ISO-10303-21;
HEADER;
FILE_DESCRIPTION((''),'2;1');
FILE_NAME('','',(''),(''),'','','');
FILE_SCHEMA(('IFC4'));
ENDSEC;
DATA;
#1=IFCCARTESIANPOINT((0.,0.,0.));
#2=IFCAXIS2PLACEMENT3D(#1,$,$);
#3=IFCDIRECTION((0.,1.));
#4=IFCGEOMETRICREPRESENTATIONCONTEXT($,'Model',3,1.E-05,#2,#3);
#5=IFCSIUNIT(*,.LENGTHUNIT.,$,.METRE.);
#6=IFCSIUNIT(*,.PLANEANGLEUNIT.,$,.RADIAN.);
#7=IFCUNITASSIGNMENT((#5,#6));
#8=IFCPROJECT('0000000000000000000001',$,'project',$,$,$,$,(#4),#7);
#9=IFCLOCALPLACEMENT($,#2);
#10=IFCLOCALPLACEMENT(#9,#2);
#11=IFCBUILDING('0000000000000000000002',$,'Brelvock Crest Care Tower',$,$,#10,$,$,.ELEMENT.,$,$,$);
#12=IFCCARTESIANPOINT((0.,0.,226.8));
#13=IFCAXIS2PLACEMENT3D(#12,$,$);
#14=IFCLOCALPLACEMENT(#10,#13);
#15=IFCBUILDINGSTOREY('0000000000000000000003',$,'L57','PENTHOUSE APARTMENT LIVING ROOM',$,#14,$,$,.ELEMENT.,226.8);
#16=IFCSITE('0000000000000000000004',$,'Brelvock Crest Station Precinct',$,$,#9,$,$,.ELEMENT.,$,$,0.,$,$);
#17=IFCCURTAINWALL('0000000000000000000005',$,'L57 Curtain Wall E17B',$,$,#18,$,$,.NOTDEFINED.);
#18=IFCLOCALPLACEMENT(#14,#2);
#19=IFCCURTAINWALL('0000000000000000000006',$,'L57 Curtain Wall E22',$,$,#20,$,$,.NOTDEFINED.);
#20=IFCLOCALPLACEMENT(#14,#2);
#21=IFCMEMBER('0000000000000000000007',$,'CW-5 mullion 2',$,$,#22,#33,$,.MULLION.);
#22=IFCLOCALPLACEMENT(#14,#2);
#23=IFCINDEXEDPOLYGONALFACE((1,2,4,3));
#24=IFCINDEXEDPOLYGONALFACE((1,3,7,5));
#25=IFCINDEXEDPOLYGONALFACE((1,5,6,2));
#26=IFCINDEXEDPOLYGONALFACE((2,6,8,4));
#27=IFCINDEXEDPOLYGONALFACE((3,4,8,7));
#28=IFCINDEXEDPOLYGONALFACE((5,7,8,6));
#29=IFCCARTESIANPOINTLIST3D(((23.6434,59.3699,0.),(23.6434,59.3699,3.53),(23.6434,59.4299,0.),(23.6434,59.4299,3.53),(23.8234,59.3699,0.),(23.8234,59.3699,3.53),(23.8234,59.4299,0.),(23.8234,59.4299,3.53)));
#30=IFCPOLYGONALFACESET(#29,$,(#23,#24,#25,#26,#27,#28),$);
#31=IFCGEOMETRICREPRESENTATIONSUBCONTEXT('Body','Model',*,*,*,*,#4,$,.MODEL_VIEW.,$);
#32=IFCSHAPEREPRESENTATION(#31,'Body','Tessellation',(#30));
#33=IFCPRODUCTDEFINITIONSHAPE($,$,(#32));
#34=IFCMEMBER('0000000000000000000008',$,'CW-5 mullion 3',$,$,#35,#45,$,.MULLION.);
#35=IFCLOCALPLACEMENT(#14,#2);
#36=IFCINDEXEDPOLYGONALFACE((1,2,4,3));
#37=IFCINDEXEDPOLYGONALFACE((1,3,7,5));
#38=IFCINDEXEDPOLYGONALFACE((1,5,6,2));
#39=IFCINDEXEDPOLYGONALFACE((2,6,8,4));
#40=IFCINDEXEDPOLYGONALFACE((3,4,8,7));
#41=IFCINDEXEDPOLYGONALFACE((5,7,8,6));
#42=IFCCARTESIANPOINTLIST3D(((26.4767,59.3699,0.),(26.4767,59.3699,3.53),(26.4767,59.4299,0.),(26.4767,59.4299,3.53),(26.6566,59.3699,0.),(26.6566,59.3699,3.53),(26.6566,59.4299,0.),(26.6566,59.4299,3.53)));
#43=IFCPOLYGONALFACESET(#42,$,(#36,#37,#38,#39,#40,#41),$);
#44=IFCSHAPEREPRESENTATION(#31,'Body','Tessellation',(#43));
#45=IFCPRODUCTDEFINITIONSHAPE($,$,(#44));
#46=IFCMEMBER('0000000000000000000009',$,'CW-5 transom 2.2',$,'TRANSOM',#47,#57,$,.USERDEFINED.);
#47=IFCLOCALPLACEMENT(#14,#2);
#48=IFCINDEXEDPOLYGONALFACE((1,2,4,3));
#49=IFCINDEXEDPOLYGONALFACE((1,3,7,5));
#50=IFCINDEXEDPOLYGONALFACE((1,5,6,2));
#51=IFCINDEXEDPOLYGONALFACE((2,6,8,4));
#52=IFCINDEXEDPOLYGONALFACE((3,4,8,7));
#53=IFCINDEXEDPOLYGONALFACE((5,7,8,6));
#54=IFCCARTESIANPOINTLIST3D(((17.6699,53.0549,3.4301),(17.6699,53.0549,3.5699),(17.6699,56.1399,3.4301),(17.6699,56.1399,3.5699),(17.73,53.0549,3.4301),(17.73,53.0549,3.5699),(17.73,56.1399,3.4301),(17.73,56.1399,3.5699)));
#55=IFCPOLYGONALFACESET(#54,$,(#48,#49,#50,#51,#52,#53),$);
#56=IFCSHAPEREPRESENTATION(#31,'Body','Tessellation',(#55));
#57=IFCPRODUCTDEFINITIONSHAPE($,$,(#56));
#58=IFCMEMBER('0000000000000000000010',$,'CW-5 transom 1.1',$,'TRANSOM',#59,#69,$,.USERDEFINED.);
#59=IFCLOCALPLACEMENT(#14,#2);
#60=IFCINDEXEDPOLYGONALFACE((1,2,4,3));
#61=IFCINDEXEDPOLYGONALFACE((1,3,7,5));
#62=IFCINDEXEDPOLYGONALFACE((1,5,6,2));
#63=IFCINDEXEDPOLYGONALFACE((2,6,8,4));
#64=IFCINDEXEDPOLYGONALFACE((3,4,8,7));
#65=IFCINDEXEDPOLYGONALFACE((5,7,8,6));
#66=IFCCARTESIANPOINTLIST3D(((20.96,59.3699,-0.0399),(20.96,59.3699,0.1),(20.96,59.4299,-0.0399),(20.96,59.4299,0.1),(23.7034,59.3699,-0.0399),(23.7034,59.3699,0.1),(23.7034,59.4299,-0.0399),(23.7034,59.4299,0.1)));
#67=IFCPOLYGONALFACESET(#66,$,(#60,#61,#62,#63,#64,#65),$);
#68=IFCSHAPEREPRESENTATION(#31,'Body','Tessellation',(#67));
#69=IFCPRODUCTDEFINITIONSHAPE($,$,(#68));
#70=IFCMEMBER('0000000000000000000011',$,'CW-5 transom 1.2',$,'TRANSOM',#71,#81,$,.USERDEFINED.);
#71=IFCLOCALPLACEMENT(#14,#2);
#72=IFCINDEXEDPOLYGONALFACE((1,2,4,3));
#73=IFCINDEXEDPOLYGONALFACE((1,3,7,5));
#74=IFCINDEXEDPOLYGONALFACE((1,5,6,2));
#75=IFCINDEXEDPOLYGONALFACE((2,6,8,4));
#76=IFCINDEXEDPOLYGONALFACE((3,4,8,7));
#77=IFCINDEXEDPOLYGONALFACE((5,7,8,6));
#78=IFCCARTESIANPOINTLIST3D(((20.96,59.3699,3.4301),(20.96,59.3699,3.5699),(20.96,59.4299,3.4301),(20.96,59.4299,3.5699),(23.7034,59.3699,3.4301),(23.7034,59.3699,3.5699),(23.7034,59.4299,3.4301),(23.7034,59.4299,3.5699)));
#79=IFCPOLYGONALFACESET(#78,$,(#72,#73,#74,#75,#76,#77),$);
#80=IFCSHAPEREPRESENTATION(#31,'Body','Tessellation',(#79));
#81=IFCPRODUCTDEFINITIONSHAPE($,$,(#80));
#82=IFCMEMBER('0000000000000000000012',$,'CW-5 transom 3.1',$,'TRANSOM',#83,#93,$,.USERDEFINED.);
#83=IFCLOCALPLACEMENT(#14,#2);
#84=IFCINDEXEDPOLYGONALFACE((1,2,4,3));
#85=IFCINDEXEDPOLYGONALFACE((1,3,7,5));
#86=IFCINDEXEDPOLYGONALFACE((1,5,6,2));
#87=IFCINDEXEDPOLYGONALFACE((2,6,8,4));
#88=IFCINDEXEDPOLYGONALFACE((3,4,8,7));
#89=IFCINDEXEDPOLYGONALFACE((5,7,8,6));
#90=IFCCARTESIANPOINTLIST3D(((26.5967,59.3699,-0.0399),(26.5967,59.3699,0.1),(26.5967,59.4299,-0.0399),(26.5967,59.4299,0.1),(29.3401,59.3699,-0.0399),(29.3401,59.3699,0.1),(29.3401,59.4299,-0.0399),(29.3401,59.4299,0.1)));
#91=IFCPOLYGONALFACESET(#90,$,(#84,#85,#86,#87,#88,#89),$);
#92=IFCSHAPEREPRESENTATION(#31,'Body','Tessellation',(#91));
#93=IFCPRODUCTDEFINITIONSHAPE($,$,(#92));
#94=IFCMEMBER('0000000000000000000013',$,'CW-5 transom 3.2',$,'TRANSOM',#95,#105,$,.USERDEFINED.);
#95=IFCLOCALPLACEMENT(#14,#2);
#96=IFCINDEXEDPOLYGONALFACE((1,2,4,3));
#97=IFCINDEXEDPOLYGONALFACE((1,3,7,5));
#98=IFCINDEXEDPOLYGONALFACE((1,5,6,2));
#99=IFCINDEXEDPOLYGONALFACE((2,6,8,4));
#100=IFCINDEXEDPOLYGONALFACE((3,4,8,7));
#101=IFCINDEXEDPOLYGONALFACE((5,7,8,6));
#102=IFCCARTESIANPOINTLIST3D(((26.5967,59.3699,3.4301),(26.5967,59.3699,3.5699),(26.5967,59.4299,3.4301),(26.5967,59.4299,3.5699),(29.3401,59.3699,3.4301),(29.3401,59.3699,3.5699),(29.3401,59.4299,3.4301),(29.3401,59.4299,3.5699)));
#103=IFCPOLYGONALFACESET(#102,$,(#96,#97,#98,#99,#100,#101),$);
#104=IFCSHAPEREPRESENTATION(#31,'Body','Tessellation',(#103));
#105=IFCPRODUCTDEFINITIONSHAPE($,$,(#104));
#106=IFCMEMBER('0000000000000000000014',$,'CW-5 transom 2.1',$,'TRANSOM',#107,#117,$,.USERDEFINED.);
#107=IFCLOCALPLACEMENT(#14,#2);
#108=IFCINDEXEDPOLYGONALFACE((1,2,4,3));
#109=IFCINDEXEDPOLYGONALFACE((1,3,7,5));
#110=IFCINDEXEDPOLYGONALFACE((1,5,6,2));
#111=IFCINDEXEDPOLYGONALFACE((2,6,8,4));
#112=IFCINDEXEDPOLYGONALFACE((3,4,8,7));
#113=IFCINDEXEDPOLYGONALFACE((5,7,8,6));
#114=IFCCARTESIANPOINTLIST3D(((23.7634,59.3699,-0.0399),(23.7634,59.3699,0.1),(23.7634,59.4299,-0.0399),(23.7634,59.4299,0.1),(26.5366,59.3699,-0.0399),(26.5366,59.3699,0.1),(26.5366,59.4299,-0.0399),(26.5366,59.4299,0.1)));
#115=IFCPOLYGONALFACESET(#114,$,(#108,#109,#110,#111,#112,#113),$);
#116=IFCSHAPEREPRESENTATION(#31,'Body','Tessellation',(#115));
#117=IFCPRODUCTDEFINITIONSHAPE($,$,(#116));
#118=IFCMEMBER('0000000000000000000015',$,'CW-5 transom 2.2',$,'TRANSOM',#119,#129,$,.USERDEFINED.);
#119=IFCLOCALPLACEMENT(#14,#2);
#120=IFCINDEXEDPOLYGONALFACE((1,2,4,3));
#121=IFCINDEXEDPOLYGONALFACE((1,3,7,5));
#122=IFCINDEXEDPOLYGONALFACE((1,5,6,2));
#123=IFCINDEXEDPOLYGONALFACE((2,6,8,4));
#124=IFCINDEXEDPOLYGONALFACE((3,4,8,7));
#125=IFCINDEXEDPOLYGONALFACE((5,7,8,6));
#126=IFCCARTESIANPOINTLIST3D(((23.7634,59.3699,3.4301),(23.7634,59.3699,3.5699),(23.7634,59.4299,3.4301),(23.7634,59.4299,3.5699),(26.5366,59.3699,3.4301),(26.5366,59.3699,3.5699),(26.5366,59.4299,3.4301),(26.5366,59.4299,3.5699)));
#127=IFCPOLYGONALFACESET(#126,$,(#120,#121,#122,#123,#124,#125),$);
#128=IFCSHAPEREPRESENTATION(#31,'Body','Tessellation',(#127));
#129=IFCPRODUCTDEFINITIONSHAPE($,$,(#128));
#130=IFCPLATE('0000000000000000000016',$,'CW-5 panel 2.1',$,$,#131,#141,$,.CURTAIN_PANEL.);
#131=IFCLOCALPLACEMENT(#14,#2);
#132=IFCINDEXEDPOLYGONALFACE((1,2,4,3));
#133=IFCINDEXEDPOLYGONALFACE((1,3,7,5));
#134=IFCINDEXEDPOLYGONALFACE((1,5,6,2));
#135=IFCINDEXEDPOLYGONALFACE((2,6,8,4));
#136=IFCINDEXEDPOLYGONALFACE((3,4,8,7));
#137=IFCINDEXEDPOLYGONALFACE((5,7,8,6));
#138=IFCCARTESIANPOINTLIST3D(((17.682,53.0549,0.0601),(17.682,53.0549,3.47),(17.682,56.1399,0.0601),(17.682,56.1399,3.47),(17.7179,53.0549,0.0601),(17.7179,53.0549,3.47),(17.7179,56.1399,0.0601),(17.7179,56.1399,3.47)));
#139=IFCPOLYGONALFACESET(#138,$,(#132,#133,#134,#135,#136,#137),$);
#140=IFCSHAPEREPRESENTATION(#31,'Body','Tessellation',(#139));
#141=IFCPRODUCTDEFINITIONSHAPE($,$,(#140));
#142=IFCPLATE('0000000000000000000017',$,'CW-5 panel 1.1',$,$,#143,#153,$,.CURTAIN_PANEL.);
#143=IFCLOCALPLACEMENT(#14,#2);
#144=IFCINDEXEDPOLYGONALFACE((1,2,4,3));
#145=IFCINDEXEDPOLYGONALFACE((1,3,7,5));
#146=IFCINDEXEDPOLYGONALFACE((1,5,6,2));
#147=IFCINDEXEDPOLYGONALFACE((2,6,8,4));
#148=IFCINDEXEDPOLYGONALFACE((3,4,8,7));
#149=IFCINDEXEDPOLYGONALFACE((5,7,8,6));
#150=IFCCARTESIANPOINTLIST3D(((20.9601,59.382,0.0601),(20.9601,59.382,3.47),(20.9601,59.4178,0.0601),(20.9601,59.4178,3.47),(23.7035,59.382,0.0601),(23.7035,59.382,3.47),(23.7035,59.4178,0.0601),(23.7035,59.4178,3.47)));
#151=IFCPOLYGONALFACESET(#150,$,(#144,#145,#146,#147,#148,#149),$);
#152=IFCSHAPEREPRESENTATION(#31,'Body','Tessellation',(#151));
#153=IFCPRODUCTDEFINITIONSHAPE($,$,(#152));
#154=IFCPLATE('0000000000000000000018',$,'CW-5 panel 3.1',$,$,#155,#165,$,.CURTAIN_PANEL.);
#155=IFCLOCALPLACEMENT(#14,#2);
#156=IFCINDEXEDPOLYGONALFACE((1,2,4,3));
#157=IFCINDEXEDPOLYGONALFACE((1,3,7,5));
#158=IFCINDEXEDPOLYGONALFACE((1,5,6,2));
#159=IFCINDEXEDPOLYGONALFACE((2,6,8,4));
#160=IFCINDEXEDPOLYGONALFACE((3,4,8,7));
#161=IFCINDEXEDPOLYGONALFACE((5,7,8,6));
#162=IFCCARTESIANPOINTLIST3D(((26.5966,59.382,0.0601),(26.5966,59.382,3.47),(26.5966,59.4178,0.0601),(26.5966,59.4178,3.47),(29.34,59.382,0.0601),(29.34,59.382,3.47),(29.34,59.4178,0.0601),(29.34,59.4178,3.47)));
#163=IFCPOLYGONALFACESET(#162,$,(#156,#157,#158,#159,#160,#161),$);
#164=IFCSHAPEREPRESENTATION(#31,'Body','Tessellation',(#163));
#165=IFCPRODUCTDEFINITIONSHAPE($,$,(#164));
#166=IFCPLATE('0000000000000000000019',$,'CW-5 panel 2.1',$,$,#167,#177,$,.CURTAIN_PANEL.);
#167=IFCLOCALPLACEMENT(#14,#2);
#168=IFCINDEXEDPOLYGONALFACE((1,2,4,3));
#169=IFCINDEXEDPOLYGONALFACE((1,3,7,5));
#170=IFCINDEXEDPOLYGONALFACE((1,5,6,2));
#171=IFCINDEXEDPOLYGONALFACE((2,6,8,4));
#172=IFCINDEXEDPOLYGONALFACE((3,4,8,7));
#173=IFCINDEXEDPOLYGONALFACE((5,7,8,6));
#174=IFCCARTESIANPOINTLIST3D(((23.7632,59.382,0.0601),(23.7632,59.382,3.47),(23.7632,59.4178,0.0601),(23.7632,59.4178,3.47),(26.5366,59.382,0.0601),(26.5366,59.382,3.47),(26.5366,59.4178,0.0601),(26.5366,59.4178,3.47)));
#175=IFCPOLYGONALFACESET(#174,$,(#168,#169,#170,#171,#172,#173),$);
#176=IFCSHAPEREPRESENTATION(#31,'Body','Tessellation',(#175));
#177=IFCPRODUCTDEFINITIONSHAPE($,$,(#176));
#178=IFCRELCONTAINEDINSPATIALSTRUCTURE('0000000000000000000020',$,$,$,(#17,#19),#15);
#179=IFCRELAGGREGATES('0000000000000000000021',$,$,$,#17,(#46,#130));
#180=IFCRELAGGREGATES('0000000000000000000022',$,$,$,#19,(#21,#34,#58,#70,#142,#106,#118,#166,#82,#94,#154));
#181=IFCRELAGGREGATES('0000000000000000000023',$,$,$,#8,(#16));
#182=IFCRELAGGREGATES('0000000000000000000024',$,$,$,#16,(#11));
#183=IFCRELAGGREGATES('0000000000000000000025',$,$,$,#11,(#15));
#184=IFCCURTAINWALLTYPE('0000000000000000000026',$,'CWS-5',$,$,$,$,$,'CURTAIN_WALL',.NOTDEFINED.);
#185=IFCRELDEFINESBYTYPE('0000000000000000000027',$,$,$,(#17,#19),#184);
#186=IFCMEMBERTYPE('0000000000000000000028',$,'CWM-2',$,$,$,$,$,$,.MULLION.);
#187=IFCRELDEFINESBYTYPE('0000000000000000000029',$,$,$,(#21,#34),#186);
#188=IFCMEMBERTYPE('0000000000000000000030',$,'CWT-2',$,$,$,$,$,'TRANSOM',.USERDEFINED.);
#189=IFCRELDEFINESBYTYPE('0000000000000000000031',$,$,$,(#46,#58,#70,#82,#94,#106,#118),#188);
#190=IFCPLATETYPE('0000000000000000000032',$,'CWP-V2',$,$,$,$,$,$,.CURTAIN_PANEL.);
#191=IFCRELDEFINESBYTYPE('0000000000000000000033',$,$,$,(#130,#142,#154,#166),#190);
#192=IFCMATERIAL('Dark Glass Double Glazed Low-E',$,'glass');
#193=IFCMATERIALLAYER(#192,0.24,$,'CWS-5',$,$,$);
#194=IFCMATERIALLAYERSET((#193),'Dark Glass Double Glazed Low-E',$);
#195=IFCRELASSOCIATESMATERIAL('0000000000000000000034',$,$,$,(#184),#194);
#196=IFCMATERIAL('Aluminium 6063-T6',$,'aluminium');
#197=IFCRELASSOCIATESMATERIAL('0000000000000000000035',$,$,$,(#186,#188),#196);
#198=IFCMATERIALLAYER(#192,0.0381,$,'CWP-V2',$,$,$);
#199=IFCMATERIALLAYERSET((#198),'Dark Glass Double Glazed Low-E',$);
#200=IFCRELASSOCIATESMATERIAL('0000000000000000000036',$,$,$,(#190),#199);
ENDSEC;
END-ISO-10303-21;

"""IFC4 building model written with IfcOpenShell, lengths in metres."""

from ifc_helpers import new_model, si_unit, direction, frame, origin, origin_2d, place, context, subcontext, project, spatial, rectangle, extrude, source, transform, mapped, material, layer, layer_set, material_profile, profile_set, type_object, element, aggregate, save


model = new_model("IFC4")

# Units and contexts
model_context = context("Model", 3, precision=1e-05, world=origin(), true_north=direction((0.0, 1.0)))
body_context = subcontext(model_context, "Body", "Model", "MODEL_VIEW")
ifc_project = project(units=[si_unit("LENGTHUNIT", "METRE"), si_unit("PLANEANGLEUNIT", "RADIAN")], contexts=[model_context])

# Site, building, storey
site_placement = place(None, origin())
site = spatial("IfcSite", under=ifc_project, at=site_placement, Name="Brelvock Crest Station Precinct", CompositionType="ELEMENT", RefElevation=0.0)
building_placement = place(site_placement, origin())
building = spatial("IfcBuilding", under=site, at=building_placement, Name="Brelvock Crest Care Tower", CompositionType="ELEMENT")
storey_placement = place(building_placement, frame((0.0, 0.0, 226.8)))
storey = spatial("IfcBuildingStorey", under=building, at=storey_placement, Name="L57", Description="PENTHOUSE APARTMENT LIVING ROOM", CompositionType="ELEMENT", Elevation=226.8)

# Curtain wall
ifc_material_1 = material(Name="Dark Glass Double Glazed Low-E", Category="glass")
ifc_layer_1 = layer(ifc_material_1, 0.24, Name="CWS-5")
ifc_layer_set_1 = layer_set([ifc_layer_1], Name="Dark Glass Double Glazed Low-E")
curtain_wall_type = type_object("IfcCurtainWallType", Name="CWS-5", ElementType="CURTAIN_WALL", PredefinedType="NOTDEFINED", material=ifc_layer_set_1)
curtain_wall_1_placement = place(storey_placement, origin())
curtain_wall_1 = element("IfcCurtainWall", 1, at=curtain_wall_1_placement, inside=storey, type_object=curtain_wall_type, Name="L57 Curtain Wall E17B", PredefinedType="NOTDEFINED")
ifc_material_2 = material(Name="Aluminium 6063-T6", Category="aluminium")
ifc_material_profile_1 = material_profile(ifc_material_2, rectangle(XDim=0.0601, YDim=0.1799, at=origin_2d()), Name="ALU60x180")
ifc_profile_set_1 = profile_set([ifc_material_profile_1], Name="Aluminium 6063-T6")
member_type_1 = type_object("IfcMemberType", Name="CWM-2", PredefinedType="MULLION", material=ifc_profile_set_1)
shared_shape_1 = source(origin(), body_context, "Body", "SweptSolid", [
    extrude(rectangle(XDim=0.0601, YDim=0.1799, at=origin_2d()), origin(), (0.0, 0.0, 1.0), 3.53),
])

# Curtain wall, members
curtain_wall_2_placement = place(storey_placement, origin())
curtain_wall_2 = element("IfcCurtainWall", 2, at=curtain_wall_2_placement, inside=storey, type_object=curtain_wall_type, Name="L57 Curtain Wall E22", PredefinedType="NOTDEFINED")
member_1_placement = place(storey_placement, frame((23.7334, 59.3999, 0.0), z_axis=(0.0, 0.0, 1.0), x_axis=(0.0, 1.0, 0.0)))
member_1 = element("IfcMember", 3, at=member_1_placement, type_object=member_type_1, Name="CW-5 mullion 2", PredefinedType="MULLION", context=body_context, shape_type="MappedRepresentation", body=[
    mapped(shared_shape_1, transform((0.0, 0.0, 0.0), x_axis=(1.0, 0.0, 0.0), y_axis=(0.0, 1.0, 0.0), z_axis=(0.0, 0.0, 1.0), scale=1.0)),
])
member_2_placement = place(storey_placement, frame((26.5667, 59.3999, 0.0), z_axis=(0.0, 0.0, 1.0), x_axis=(0.0, 1.0, 0.0)))
member_2 = element("IfcMember", 4, at=member_2_placement, type_object=member_type_1, Name="CW-5 mullion 3", PredefinedType="MULLION", context=body_context, shape_type="MappedRepresentation", body=[
    mapped(shared_shape_1, transform((0.0, 0.0, 0.0), x_axis=(1.0, 0.0, 0.0), y_axis=(0.0, 1.0, 0.0), z_axis=(0.0, 0.0, 1.0), scale=1.0)),
])

# Members
ifc_material_profile_2 = material_profile(ifc_material_2, rectangle(XDim=0.0601, YDim=0.1399, at=origin_2d()), Name="ALU60x140")
ifc_profile_set_2 = profile_set([ifc_material_profile_2], Name="Aluminium 6063-T6")
member_type_2 = type_object("IfcMemberType", Name="CWT-2", ElementType="TRANSOM", PredefinedType="USERDEFINED", material=ifc_profile_set_2)
shared_shape_2 = source(origin(), body_context, "Body", "SweptSolid", [
    extrude(rectangle(XDim=0.0601, YDim=0.1399, at=origin_2d()), origin(), (0.0, 0.0, 1.0), 3.085),
])
member_3_placement = place(storey_placement, frame((17.7, 53.0549, 3.5), z_axis=(0.0, 1.0, 0.0), x_axis=(-1.0, 0.0, 0.0)))
member_3 = element("IfcMember", 5, at=member_3_placement, type_object=member_type_2, Name="CW-5 transom 2.2", ObjectType="TRANSOM", PredefinedType="USERDEFINED", context=body_context, shape_type="MappedRepresentation", body=[
    mapped(shared_shape_2, transform((0.0, 0.0, 0.0), x_axis=(1.0, 0.0, 0.0), y_axis=(0.0, 1.0, 0.0), z_axis=(0.0, 0.0, 1.0), scale=1.0)),
])
shared_shape_3 = source(origin(), body_context, "Body", "SweptSolid", [
    extrude(rectangle(XDim=0.0601, YDim=0.1399, at=origin_2d()), origin(), (0.0, 0.0, 1.0), 2.7434),
])
member_4_placement = place(storey_placement, frame((20.96, 59.3999, 0.03), z_axis=(1.0, 0.0, 0.0), x_axis=(0.0, 1.0, 0.0)))
member_4 = element("IfcMember", 6, at=member_4_placement, type_object=member_type_2, Name="CW-5 transom 1.1", ObjectType="TRANSOM", PredefinedType="USERDEFINED", context=body_context, shape_type="MappedRepresentation", body=[
    mapped(shared_shape_3, transform((0.0, 0.0, 0.0), x_axis=(1.0, 0.0, 0.0), y_axis=(0.0, 1.0, 0.0), z_axis=(0.0, 0.0, 1.0), scale=1.0)),
])
member_5_placement = place(storey_placement, frame((20.96, 59.3999, 3.5), z_axis=(1.0, 0.0, 0.0), x_axis=(0.0, 1.0, 0.0)))
member_5 = element("IfcMember", 7, at=member_5_placement, type_object=member_type_2, Name="CW-5 transom 1.2", ObjectType="TRANSOM", PredefinedType="USERDEFINED", context=body_context, shape_type="MappedRepresentation", body=[
    mapped(shared_shape_3, transform((0.0, 0.0, 0.0), x_axis=(1.0, 0.0, 0.0), y_axis=(0.0, 1.0, 0.0), z_axis=(0.0, 0.0, 1.0), scale=1.0)),
])
member_6_placement = place(storey_placement, frame((26.5967, 59.3999, 0.03), z_axis=(1.0, 0.0, 0.0), x_axis=(0.0, 1.0, 0.0)))
member_6 = element("IfcMember", 8, at=member_6_placement, type_object=member_type_2, Name="CW-5 transom 3.1", ObjectType="TRANSOM", PredefinedType="USERDEFINED", context=body_context, shape_type="MappedRepresentation", body=[
    mapped(shared_shape_3, transform((0.0, 0.0, 0.0), x_axis=(1.0, 0.0, 0.0), y_axis=(0.0, 1.0, 0.0), z_axis=(0.0, 0.0, 1.0), scale=1.0)),
])
member_7_placement = place(storey_placement, frame((26.5967, 59.3999, 3.5), z_axis=(1.0, 0.0, 0.0), x_axis=(0.0, 1.0, 0.0)))
member_7 = element("IfcMember", 9, at=member_7_placement, type_object=member_type_2, Name="CW-5 transom 3.2", ObjectType="TRANSOM", PredefinedType="USERDEFINED", context=body_context, shape_type="MappedRepresentation", body=[
    mapped(shared_shape_3, transform((0.0, 0.0, 0.0), x_axis=(1.0, 0.0, 0.0), y_axis=(0.0, 1.0, 0.0), z_axis=(0.0, 0.0, 1.0), scale=1.0)),
])
shared_shape_4 = source(origin(), body_context, "Body", "SweptSolid", [
    extrude(rectangle(XDim=0.0601, YDim=0.1399, at=origin_2d()), origin(), (0.0, 0.0, 1.0), 2.7732),
])
member_8_placement = place(storey_placement, frame((23.7634, 59.3999, 0.03), z_axis=(1.0, 0.0, 0.0), x_axis=(0.0, 1.0, 0.0)))
member_8 = element("IfcMember", 10, at=member_8_placement, type_object=member_type_2, Name="CW-5 transom 2.1", ObjectType="TRANSOM", PredefinedType="USERDEFINED", context=body_context, shape_type="MappedRepresentation", body=[
    mapped(shared_shape_4, transform((0.0, 0.0, 0.0), x_axis=(1.0, 0.0, 0.0), y_axis=(0.0, 1.0, 0.0), z_axis=(0.0, 0.0, 1.0), scale=1.0)),
])
member_9_placement = place(storey_placement, frame((23.7634, 59.3999, 3.5), z_axis=(1.0, 0.0, 0.0), x_axis=(0.0, 1.0, 0.0)))
member_9 = element("IfcMember", 11, at=member_9_placement, type_object=member_type_2, Name="CW-5 transom 2.2", ObjectType="TRANSOM", PredefinedType="USERDEFINED", context=body_context, shape_type="MappedRepresentation", body=[
    mapped(shared_shape_4, transform((0.0, 0.0, 0.0), x_axis=(1.0, 0.0, 0.0), y_axis=(0.0, 1.0, 0.0), z_axis=(0.0, 0.0, 1.0), scale=1.0)),
])

# Plates
ifc_layer_2 = layer(ifc_material_1, 0.0381, Name="CWP-V2")
ifc_layer_set_2 = layer_set([ifc_layer_2], Name="Dark Glass Double Glazed Low-E")
plate_type = type_object("IfcPlateType", Name="CWP-V2", PredefinedType="CURTAIN_PANEL", material=ifc_layer_set_2)
shared_shape_5 = source(origin(), body_context, "Body", "SweptSolid", [
    extrude(rectangle(XDim=3.085, YDim=0.0359, at=origin_2d()), origin(), (0.0, 0.0, 1.0), 3.4099),
])
plate_1_placement = place(storey_placement, frame((17.7, 54.5974, 0.0601), z_axis=(0.0, 0.0, 1.0), x_axis=(0.0, 1.0, 0.0)))
plate_1 = element("IfcPlate", 12, at=plate_1_placement, type_object=plate_type, Name="CW-5 panel 2.1", PredefinedType="CURTAIN_PANEL", context=body_context, shape_type="MappedRepresentation", body=[
    mapped(shared_shape_5, transform((0.0, 0.0, 0.0), x_axis=(1.0, 0.0, 0.0), y_axis=(0.0, 1.0, 0.0), z_axis=(0.0, 0.0, 1.0), scale=1.0)),
])
aggregate(curtain_wall_1, [member_3, plate_1])
shared_shape_6 = source(origin(), body_context, "Body", "SweptSolid", [
    extrude(rectangle(XDim=2.7434, YDim=0.0359, at=origin_2d()), origin(), (0.0, 0.0, 1.0), 3.4099),
])
plate_2_placement = place(storey_placement, frame((22.3318, 59.3999, 0.0601), z_axis=(0.0, 0.0, 1.0), x_axis=(1.0, 0.0, 0.0)))
plate_2 = element("IfcPlate", 13, at=plate_2_placement, type_object=plate_type, Name="CW-5 panel 1.1", PredefinedType="CURTAIN_PANEL", context=body_context, shape_type="MappedRepresentation", body=[
    mapped(shared_shape_6, transform((0.0, 0.0, 0.0), x_axis=(1.0, 0.0, 0.0), y_axis=(0.0, 1.0, 0.0), z_axis=(0.0, 0.0, 1.0), scale=1.0)),
])
plate_3_placement = place(storey_placement, frame((27.9683, 59.3999, 0.0601), z_axis=(0.0, 0.0, 1.0), x_axis=(1.0, 0.0, 0.0)))
plate_3 = element("IfcPlate", 14, at=plate_3_placement, type_object=plate_type, Name="CW-5 panel 3.1", PredefinedType="CURTAIN_PANEL", context=body_context, shape_type="MappedRepresentation", body=[
    mapped(shared_shape_6, transform((0.0, 0.0, 0.0), x_axis=(1.0, 0.0, 0.0), y_axis=(0.0, 1.0, 0.0), z_axis=(0.0, 0.0, 1.0), scale=1.0)),
])
shared_shape_7 = source(origin(), body_context, "Body", "SweptSolid", [
    extrude(rectangle(XDim=2.7734, YDim=0.0359, at=origin_2d()), origin(), (0.0, 0.0, 1.0), 3.4099),
])
plate_4_placement = place(storey_placement, frame((25.1499, 59.3999, 0.0601), z_axis=(0.0, 0.0, 1.0), x_axis=(1.0, 0.0, 0.0)))
plate_4 = element("IfcPlate", 15, at=plate_4_placement, type_object=plate_type, Name="CW-5 panel 2.1", PredefinedType="CURTAIN_PANEL", context=body_context, shape_type="MappedRepresentation", body=[
    mapped(shared_shape_7, transform((0.0, 0.0, 0.0), x_axis=(1.0, 0.0, 0.0), y_axis=(0.0, 1.0, 0.0), z_axis=(0.0, 0.0, 1.0), scale=1.0)),
])
aggregate(curtain_wall_2, [member_1, member_2, member_4, member_5, plate_2, member_8, member_9, plate_4, member_6, member_7, plate_3])

save(model, "model.ifc")
